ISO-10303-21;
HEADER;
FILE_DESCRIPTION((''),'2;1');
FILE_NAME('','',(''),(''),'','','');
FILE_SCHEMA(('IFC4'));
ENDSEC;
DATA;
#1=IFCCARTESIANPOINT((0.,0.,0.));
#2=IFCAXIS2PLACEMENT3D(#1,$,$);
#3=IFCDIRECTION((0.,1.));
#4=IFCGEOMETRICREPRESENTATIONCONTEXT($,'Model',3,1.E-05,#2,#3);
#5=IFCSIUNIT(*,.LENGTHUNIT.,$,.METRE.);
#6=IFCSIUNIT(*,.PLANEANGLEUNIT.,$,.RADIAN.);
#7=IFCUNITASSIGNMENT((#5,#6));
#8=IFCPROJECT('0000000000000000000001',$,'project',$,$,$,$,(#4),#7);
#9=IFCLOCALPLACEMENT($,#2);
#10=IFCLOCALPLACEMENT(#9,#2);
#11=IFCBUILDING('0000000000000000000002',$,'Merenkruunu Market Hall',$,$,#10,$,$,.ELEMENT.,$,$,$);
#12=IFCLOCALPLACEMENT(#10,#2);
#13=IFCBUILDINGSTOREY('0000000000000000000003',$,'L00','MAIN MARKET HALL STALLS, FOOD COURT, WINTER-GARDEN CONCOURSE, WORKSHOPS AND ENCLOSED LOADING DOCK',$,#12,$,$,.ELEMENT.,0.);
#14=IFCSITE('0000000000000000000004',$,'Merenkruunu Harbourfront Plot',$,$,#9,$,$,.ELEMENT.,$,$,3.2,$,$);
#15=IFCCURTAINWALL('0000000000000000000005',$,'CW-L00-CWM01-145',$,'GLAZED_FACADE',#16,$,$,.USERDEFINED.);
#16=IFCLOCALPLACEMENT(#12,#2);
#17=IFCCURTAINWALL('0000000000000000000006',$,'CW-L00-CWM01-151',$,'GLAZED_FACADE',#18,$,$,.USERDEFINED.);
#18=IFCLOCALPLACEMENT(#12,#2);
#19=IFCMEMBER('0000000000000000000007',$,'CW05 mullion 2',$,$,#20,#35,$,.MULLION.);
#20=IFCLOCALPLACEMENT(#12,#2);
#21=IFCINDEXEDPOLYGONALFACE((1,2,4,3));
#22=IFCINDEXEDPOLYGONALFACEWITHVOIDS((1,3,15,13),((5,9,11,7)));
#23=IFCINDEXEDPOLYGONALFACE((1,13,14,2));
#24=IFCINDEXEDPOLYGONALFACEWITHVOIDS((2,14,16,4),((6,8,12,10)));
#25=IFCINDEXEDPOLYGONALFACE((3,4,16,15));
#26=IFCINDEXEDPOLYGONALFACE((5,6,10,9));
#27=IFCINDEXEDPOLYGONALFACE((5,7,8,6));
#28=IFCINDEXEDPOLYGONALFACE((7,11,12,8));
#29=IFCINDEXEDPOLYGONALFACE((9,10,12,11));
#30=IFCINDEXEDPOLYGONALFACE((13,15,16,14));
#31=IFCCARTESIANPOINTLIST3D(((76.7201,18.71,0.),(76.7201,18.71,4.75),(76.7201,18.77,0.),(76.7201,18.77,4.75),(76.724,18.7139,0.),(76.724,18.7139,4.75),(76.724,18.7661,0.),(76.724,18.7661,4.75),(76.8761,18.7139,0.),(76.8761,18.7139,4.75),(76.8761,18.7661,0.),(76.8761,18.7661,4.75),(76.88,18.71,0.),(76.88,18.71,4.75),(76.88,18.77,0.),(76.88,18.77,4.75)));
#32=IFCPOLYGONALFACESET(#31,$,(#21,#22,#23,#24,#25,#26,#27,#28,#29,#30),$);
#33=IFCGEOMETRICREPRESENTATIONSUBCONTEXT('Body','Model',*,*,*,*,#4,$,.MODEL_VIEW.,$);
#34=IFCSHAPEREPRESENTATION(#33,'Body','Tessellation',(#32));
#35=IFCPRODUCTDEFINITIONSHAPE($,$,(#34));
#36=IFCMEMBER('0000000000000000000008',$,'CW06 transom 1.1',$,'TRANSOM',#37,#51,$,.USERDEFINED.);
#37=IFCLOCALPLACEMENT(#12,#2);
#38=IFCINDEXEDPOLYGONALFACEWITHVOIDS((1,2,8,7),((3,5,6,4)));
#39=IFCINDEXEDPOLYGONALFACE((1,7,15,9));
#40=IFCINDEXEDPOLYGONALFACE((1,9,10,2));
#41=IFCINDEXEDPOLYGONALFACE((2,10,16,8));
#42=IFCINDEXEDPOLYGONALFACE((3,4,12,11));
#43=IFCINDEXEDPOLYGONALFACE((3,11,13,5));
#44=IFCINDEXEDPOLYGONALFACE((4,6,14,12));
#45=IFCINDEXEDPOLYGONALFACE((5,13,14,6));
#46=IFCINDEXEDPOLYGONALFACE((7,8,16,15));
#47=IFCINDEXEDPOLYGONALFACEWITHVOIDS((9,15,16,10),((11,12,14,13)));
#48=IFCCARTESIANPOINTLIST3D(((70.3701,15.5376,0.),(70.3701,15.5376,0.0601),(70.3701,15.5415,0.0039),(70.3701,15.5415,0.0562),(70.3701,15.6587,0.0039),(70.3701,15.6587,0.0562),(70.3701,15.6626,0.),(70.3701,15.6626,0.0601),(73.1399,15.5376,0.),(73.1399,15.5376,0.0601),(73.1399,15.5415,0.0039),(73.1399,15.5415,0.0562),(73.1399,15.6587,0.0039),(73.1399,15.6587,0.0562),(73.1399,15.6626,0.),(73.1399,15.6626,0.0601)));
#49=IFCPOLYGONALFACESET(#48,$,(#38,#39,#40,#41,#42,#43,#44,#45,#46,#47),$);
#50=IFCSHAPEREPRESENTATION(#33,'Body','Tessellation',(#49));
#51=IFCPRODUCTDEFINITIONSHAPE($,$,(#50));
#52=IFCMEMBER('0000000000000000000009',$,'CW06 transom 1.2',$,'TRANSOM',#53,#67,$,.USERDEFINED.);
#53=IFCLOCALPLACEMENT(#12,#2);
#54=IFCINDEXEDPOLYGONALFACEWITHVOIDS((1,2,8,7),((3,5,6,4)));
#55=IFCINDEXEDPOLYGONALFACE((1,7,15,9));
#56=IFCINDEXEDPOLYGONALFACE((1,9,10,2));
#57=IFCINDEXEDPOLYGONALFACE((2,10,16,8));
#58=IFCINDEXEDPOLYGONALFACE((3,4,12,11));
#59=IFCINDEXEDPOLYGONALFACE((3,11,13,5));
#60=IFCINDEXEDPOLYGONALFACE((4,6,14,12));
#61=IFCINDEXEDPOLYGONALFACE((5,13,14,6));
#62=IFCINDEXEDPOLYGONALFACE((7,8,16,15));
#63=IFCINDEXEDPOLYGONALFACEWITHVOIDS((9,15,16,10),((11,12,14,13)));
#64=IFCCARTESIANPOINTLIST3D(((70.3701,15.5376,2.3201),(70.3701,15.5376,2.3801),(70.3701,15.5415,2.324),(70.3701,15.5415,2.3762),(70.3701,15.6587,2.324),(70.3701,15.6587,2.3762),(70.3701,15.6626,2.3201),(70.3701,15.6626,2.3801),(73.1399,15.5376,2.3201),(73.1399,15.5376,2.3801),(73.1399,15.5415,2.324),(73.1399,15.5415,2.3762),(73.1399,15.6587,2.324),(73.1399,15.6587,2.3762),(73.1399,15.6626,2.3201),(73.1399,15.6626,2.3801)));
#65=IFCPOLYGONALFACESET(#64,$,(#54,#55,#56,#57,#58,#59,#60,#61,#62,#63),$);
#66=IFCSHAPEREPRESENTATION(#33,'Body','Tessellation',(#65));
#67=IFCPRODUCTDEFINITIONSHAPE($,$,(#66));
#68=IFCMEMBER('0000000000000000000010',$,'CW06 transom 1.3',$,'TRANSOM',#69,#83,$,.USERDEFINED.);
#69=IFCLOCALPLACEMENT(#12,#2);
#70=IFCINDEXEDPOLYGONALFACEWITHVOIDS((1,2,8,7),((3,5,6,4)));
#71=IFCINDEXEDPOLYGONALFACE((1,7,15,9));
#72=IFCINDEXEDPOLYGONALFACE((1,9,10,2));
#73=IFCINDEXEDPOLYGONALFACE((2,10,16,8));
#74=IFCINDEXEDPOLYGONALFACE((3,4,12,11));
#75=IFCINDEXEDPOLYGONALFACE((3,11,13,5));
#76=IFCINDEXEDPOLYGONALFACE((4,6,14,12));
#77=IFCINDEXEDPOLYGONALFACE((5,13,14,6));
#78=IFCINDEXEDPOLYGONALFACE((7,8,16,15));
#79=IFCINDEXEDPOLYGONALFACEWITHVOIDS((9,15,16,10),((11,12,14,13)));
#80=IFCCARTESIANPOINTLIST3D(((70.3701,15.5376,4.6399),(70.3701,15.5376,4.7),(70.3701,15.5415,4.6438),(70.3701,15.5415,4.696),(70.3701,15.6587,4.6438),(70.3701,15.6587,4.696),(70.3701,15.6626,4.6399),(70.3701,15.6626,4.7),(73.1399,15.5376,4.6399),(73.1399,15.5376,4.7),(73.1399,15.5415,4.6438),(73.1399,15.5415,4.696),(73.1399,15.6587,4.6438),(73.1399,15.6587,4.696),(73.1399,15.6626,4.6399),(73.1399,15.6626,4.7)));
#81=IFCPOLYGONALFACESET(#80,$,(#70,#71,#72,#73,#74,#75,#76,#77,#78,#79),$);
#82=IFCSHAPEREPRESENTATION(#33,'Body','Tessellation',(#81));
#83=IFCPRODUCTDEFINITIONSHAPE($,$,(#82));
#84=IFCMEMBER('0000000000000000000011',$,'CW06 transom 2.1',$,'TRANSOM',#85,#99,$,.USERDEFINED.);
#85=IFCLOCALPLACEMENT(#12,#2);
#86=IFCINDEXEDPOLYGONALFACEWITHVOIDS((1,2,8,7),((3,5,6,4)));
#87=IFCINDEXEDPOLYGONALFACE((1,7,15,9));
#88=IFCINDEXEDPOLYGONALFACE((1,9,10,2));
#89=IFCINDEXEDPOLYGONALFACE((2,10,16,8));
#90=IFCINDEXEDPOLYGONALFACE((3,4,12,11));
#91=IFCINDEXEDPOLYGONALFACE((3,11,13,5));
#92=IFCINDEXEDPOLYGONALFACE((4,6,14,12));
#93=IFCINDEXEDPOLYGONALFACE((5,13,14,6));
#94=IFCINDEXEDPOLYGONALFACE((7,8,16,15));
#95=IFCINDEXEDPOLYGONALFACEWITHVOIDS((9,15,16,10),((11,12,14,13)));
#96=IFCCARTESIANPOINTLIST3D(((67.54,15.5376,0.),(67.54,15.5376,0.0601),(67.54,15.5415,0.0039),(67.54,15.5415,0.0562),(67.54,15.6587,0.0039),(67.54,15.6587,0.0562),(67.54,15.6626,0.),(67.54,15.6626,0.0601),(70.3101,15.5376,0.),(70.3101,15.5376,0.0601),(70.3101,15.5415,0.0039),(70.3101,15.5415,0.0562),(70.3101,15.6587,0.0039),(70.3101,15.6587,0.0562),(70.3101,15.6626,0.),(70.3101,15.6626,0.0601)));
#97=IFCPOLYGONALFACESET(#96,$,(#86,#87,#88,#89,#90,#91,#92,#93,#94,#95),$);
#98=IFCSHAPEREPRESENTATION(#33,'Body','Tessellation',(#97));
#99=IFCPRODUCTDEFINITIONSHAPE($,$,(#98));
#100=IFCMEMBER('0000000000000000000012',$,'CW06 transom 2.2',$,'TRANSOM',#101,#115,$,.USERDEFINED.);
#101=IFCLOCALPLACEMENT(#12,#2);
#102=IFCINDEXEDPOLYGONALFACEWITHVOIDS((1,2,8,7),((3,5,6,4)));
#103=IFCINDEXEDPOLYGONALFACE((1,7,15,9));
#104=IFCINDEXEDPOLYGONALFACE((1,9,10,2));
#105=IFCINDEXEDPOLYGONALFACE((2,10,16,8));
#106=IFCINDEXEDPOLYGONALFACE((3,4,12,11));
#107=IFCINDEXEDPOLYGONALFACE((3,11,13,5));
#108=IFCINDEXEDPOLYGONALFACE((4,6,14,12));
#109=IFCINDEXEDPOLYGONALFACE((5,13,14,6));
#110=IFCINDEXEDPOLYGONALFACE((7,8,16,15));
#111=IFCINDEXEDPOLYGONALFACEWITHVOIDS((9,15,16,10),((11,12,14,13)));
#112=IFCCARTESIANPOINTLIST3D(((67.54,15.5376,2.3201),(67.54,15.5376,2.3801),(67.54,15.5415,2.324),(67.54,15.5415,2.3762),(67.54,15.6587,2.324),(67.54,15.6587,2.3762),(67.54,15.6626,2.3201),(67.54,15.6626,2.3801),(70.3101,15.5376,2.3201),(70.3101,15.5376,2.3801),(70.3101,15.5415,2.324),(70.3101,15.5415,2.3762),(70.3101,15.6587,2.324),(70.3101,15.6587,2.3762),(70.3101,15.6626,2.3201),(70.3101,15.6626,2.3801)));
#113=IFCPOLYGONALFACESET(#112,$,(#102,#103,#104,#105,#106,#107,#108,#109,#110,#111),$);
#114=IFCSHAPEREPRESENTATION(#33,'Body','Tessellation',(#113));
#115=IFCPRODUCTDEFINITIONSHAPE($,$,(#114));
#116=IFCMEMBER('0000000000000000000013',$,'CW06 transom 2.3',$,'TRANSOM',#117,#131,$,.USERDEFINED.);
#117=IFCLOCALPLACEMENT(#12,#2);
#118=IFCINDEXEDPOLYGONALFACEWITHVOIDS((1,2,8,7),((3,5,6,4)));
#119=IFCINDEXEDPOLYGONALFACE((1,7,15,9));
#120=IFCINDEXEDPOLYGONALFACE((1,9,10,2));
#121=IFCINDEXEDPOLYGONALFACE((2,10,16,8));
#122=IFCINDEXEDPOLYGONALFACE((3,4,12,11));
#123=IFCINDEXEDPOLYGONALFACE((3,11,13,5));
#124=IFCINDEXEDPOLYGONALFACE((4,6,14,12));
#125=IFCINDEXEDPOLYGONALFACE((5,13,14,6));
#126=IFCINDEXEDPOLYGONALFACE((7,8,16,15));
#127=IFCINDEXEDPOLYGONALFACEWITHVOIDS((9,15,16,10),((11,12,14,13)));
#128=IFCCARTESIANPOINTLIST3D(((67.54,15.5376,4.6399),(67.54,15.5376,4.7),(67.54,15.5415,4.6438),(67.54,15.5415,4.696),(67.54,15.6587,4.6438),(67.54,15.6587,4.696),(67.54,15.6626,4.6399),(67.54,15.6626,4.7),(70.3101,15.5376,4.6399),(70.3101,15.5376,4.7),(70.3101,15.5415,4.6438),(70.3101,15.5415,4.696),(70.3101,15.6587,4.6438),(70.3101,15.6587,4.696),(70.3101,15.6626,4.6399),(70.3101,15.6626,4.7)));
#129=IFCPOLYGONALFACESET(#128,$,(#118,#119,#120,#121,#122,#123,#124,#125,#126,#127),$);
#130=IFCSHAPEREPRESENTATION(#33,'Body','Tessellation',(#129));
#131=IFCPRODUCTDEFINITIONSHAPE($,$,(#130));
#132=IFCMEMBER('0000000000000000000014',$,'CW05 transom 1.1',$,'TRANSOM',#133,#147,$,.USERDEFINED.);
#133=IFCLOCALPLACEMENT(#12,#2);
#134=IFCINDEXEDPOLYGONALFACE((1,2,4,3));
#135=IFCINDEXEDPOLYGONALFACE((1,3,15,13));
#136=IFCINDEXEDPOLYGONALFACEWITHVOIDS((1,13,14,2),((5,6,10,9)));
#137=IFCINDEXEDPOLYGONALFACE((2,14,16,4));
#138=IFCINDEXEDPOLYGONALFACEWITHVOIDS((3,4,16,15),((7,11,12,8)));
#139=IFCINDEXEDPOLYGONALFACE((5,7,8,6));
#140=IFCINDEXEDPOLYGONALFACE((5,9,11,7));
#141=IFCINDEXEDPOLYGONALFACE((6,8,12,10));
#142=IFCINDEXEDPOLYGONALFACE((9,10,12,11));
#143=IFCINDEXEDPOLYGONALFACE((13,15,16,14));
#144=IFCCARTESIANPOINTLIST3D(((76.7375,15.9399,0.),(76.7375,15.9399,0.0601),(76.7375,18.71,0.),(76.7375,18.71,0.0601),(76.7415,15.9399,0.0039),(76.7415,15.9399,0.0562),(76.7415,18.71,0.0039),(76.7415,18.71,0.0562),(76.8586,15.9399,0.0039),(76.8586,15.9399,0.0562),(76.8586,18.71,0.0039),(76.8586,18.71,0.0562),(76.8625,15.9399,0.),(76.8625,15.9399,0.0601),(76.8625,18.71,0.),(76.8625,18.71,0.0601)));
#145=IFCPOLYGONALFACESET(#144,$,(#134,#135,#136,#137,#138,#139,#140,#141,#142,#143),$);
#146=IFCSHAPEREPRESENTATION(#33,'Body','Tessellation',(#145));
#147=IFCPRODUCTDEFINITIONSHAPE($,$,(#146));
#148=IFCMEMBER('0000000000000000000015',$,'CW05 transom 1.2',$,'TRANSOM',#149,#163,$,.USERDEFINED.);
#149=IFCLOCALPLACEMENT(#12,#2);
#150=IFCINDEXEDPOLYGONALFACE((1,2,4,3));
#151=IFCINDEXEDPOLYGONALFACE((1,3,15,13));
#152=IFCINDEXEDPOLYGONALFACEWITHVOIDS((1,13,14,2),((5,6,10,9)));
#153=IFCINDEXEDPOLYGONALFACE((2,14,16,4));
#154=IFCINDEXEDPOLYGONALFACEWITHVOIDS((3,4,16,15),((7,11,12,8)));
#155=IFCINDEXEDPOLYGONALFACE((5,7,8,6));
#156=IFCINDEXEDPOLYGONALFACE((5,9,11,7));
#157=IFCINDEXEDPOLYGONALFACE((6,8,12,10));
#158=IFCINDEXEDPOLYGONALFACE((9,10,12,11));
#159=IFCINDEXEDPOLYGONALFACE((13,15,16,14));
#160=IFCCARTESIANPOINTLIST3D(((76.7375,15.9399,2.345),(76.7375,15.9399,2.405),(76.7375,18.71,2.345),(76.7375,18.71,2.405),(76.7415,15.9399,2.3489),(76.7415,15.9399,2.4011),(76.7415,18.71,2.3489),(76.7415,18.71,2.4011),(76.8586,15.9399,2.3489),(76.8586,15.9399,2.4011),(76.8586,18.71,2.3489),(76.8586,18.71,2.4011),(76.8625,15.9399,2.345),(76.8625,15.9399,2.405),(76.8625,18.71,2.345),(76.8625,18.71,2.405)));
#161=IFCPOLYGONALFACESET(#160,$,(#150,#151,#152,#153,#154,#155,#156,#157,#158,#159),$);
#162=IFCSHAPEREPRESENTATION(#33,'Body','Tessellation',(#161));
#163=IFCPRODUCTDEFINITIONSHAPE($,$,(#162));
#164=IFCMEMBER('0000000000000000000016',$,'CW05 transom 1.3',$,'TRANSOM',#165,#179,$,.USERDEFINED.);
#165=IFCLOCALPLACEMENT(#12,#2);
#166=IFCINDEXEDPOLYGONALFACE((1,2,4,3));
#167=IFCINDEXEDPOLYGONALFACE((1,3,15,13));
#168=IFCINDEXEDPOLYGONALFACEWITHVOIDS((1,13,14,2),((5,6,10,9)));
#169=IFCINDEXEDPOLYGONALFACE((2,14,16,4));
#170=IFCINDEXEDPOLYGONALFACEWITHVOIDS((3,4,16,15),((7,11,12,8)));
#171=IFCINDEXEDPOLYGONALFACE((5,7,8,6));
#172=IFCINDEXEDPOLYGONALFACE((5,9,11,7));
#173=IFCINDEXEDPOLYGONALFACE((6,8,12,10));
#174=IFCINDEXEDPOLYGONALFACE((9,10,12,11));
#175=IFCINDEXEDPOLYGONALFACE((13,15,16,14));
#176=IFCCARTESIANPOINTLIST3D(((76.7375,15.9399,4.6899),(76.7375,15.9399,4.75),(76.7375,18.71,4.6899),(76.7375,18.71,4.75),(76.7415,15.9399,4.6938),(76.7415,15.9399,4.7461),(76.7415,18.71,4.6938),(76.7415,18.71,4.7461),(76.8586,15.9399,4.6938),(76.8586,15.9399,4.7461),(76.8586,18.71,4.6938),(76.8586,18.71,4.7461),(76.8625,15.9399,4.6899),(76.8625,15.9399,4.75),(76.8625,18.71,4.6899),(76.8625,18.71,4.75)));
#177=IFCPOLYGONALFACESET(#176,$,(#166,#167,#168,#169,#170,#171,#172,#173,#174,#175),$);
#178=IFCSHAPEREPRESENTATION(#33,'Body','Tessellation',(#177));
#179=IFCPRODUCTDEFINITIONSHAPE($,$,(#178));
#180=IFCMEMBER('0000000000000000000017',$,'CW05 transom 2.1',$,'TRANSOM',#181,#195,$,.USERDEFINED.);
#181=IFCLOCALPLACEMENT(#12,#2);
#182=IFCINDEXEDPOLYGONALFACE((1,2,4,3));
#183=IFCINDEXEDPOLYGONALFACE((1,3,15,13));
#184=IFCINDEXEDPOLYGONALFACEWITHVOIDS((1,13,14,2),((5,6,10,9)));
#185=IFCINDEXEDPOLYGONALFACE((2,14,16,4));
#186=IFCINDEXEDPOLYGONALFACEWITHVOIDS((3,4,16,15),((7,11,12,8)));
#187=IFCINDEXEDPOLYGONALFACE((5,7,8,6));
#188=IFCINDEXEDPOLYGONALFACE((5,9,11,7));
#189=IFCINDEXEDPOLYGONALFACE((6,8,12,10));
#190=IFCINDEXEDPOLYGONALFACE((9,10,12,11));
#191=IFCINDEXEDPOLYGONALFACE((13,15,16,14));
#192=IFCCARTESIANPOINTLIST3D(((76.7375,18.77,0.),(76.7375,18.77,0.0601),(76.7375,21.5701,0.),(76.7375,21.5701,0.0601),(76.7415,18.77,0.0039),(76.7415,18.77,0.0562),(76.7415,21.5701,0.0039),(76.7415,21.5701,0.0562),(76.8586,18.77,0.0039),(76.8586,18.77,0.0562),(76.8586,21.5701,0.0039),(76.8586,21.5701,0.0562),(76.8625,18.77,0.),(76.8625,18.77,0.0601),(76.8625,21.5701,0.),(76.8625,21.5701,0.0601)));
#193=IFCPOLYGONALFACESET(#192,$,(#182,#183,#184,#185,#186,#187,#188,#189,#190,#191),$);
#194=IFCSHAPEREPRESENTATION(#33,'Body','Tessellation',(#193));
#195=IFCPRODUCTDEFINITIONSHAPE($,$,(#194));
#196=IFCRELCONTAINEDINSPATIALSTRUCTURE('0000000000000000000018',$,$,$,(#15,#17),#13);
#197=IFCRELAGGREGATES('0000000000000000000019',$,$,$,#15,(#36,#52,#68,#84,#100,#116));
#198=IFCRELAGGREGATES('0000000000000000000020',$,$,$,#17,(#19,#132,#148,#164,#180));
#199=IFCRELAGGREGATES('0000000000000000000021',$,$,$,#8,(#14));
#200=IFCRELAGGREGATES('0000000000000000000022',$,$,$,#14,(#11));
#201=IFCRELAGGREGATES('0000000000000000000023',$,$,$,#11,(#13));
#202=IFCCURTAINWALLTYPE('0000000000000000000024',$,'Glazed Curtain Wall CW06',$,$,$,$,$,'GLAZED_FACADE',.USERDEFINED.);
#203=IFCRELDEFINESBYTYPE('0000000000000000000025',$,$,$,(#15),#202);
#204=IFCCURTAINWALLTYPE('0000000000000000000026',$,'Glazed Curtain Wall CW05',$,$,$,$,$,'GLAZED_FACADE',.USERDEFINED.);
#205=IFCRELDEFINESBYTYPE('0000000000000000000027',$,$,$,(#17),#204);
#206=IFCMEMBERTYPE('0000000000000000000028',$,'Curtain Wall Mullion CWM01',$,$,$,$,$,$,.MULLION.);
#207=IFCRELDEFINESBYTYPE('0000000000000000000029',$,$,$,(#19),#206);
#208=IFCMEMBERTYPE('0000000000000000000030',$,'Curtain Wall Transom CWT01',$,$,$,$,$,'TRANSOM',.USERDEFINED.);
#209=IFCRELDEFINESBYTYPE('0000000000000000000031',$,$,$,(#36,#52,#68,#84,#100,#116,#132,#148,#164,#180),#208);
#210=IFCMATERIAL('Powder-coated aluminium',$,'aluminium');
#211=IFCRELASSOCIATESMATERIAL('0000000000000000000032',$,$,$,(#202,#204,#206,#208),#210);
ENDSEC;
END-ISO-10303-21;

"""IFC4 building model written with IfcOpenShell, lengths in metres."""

from ifc_helpers import new_model, si_unit, direction, frame, origin, origin_2d, place, context, subcontext, project, spatial, hollow_rectangle, extrude, material, material_profile, profile_set, type_object, element, aggregate, save


model = new_model("IFC4")

# Units and contexts
model_context = context("Model", 3, precision=1e-05, world=origin(), true_north=direction((0.0, 1.0)))
body_context = subcontext(model_context, "Body", "Model", "MODEL_VIEW")
ifc_project = project(units=[si_unit("LENGTHUNIT", "METRE"), si_unit("PLANEANGLEUNIT", "RADIAN")], contexts=[model_context])

# Site, building, storey
site_placement = place(None, origin())
site = spatial("IfcSite", under=ifc_project, at=site_placement, Name="Merenkruunu Harbourfront Plot", CompositionType="ELEMENT", RefElevation=3.2)
building_placement = place(site_placement, origin())
building = spatial("IfcBuilding", under=site, at=building_placement, Name="Merenkruunu Market Hall", CompositionType="ELEMENT")
storey_placement = place(building_placement, origin())
storey = spatial("IfcBuildingStorey", under=building, at=storey_placement, Name="L00", Description="MAIN MARKET HALL STALLS, FOOD COURT, WINTER-GARDEN CONCOURSE, WORKSHOPS AND ENCLOSED LOADING DOCK", CompositionType="ELEMENT", Elevation=0.0)

# Curtain walls, member
ifc_material_1 = material(Name="Powder-coated aluminium", Category="aluminium")
curtain_wall_type_1 = type_object("IfcCurtainWallType", Name="Glazed Curtain Wall CW06", ElementType="GLAZED_FACADE", PredefinedType="USERDEFINED", material=ifc_material_1)
curtain_wall_1_placement = place(storey_placement, origin())
curtain_wall_1 = element("IfcCurtainWall", 1, at=curtain_wall_1_placement, inside=storey, type_object=curtain_wall_type_1, Name="CW-L00-CWM01-145", ObjectType="GLAZED_FACADE", PredefinedType="USERDEFINED")
ifc_material_profile_1 = material_profile(ifc_material_1, hollow_rectangle(XDim=0.0601, YDim=0.1599, WallThickness=0.0039, at=origin_2d()), Name="ALU 60x160x4")
ifc_profile_set_1 = profile_set([ifc_material_profile_1], Name="Powder-coated aluminium")
member_type_1 = type_object("IfcMemberType", Name="Curtain Wall Mullion CWM01", PredefinedType="MULLION", material=ifc_profile_set_1)
curtain_wall_type_2 = type_object("IfcCurtainWallType", Name="Glazed Curtain Wall CW05", ElementType="GLAZED_FACADE", PredefinedType="USERDEFINED", material=ifc_material_1)
curtain_wall_2_placement = place(storey_placement, origin())
curtain_wall_2 = element("IfcCurtainWall", 2, at=curtain_wall_2_placement, inside=storey, type_object=curtain_wall_type_2, Name="CW-L00-CWM01-151", ObjectType="GLAZED_FACADE", PredefinedType="USERDEFINED")
member_1_placement = place(storey_placement, frame((76.8, 18.74, 0.0), z_axis=(0.0, 0.0, 1.0), x_axis=(0.0, 1.0, 0.0)))
member_1 = element("IfcMember", 3, at=member_1_placement, type_object=member_type_1, Name="CW05 mullion 2", PredefinedType="MULLION", context=body_context, shape_type="SweptSolid", body=[
    extrude(hollow_rectangle(XDim=0.0601, YDim=0.1599, WallThickness=0.0039, at=origin_2d()), origin(), (0.0, 0.0, 1.0), 4.75),
])

# Members
ifc_material_profile_2 = material_profile(ifc_material_1, hollow_rectangle(XDim=0.0601, YDim=0.125, WallThickness=0.0039, at=origin_2d()), Name="ALU 60x125x4")
ifc_profile_set_2 = profile_set([ifc_material_profile_2], Name="Powder-coated aluminium")
member_type_2 = type_object("IfcMemberType", Name="Curtain Wall Transom CWT01", ElementType="TRANSOM", PredefinedType="USERDEFINED", material=ifc_profile_set_2)
member_2_placement = place(storey_placement, frame((73.1399, 15.6001, 0.03), z_axis=(-1.0, 0.0, 0.0), x_axis=(0.0, 0.0, 1.0)))
member_2 = element("IfcMember", 4, at=member_2_placement, type_object=member_type_2, Name="CW06 transom 1.1", ObjectType="TRANSOM", PredefinedType="USERDEFINED", context=body_context, shape_type="SweptSolid", body=[
    extrude(hollow_rectangle(XDim=0.0601, YDim=0.125, WallThickness=0.0039, at=origin_2d()), origin(), (0.0, 0.0, 1.0), 2.7698),
])
member_3_placement = place(storey_placement, frame((73.1399, 15.6001, 2.3501), z_axis=(-1.0, 0.0, 0.0), x_axis=(0.0, 0.0, 1.0)))
member_3 = element("IfcMember", 5, at=member_3_placement, type_object=member_type_2, Name="CW06 transom 1.2", ObjectType="TRANSOM", PredefinedType="USERDEFINED", context=body_context, shape_type="SweptSolid", body=[
    extrude(hollow_rectangle(XDim=0.0601, YDim=0.125, WallThickness=0.0039, at=origin_2d()), origin(), (0.0, 0.0, 1.0), 2.7698),
])
member_4_placement = place(storey_placement, frame((73.1399, 15.6001, 4.6699), z_axis=(-1.0, 0.0, 0.0), x_axis=(0.0, 0.0, 1.0)))
member_4 = element("IfcMember", 6, at=member_4_placement, type_object=member_type_2, Name="CW06 transom 1.3", ObjectType="TRANSOM", PredefinedType="USERDEFINED", context=body_context, shape_type="SweptSolid", body=[
    extrude(hollow_rectangle(XDim=0.0601, YDim=0.125, WallThickness=0.0039, at=origin_2d()), origin(), (0.0, 0.0, 1.0), 2.7698),
])
member_5_placement = place(storey_placement, frame((70.3101, 15.6001, 0.03), z_axis=(-1.0, 0.0, 0.0), x_axis=(0.0, 0.0, 1.0)))
member_5 = element("IfcMember", 7, at=member_5_placement, type_object=member_type_2, Name="CW06 transom 2.1", ObjectType="TRANSOM", PredefinedType="USERDEFINED", context=body_context, shape_type="SweptSolid", body=[
    extrude(hollow_rectangle(XDim=0.0601, YDim=0.125, WallThickness=0.0039, at=origin_2d()), origin(), (0.0, 0.0, 1.0), 2.77),
])
member_6_placement = place(storey_placement, frame((70.3101, 15.6001, 2.3501), z_axis=(-1.0, 0.0, 0.0), x_axis=(0.0, 0.0, 1.0)))
member_6 = element("IfcMember", 8, at=member_6_placement, type_object=member_type_2, Name="CW06 transom 2.2", ObjectType="TRANSOM", PredefinedType="USERDEFINED", context=body_context, shape_type="SweptSolid", body=[
    extrude(hollow_rectangle(XDim=0.0601, YDim=0.125, WallThickness=0.0039, at=origin_2d()), origin(), (0.0, 0.0, 1.0), 2.77),
])
member_7_placement = place(storey_placement, frame((70.3101, 15.6001, 4.6699), z_axis=(-1.0, 0.0, 0.0), x_axis=(0.0, 0.0, 1.0)))
member_7 = element("IfcMember", 9, at=member_7_placement, type_object=member_type_2, Name="CW06 transom 2.3", ObjectType="TRANSOM", PredefinedType="USERDEFINED", context=body_context, shape_type="SweptSolid", body=[
    extrude(hollow_rectangle(XDim=0.0601, YDim=0.125, WallThickness=0.0039, at=origin_2d()), origin(), (0.0, 0.0, 1.0), 2.77),
])
member_8_placement = place(storey_placement, frame((76.8, 15.9399, 0.03), z_axis=(0.0, 1.0, 0.0), x_axis=(0.0, 0.0, 1.0)))
member_8 = element("IfcMember", 10, at=member_8_placement, type_object=member_type_2, Name="CW05 transom 1.1", ObjectType="TRANSOM", PredefinedType="USERDEFINED", context=body_context, shape_type="SweptSolid", body=[
    extrude(hollow_rectangle(XDim=0.0601, YDim=0.125, WallThickness=0.0039, at=origin_2d()), origin(), (0.0, 0.0, 1.0), 2.77),
])
member_9_placement = place(storey_placement, frame((76.8, 15.9399, 2.375), z_axis=(0.0, 1.0, 0.0), x_axis=(0.0, 0.0, 1.0)))
member_9 = element("IfcMember", 11, at=member_9_placement, type_object=member_type_2, Name="CW05 transom 1.2", ObjectType="TRANSOM", PredefinedType="USERDEFINED", context=body_context, shape_type="SweptSolid", body=[
    extrude(hollow_rectangle(XDim=0.0601, YDim=0.125, WallThickness=0.0039, at=origin_2d()), origin(), (0.0, 0.0, 1.0), 2.77),
])
member_10_placement = place(storey_placement, frame((76.8, 15.9399, 4.72), z_axis=(0.0, 1.0, 0.0), x_axis=(0.0, 0.0, 1.0)))
member_10 = element("IfcMember", 12, at=member_10_placement, type_object=member_type_2, Name="CW05 transom 1.3", ObjectType="TRANSOM", PredefinedType="USERDEFINED", context=body_context, shape_type="SweptSolid", body=[
    extrude(hollow_rectangle(XDim=0.0601, YDim=0.125, WallThickness=0.0039, at=origin_2d()), origin(), (0.0, 0.0, 1.0), 2.77),
])
member_11_placement = place(storey_placement, frame((76.8, 18.77, 0.03), z_axis=(0.0, 1.0, 0.0), x_axis=(0.0, 0.0, 1.0)))
member_11 = element("IfcMember", 13, at=member_11_placement, type_object=member_type_2, Name="CW05 transom 2.1", ObjectType="TRANSOM", PredefinedType="USERDEFINED", context=body_context, shape_type="SweptSolid", body=[
    extrude(hollow_rectangle(XDim=0.0601, YDim=0.125, WallThickness=0.0039, at=origin_2d()), origin(), (0.0, 0.0, 1.0), 2.8),
])

aggregate(curtain_wall_1, [member_2, member_3, member_4, member_5, member_6, member_7])
aggregate(curtain_wall_2, [member_1, member_8, member_9, member_10, member_11])

save(model, "model.ifc")
